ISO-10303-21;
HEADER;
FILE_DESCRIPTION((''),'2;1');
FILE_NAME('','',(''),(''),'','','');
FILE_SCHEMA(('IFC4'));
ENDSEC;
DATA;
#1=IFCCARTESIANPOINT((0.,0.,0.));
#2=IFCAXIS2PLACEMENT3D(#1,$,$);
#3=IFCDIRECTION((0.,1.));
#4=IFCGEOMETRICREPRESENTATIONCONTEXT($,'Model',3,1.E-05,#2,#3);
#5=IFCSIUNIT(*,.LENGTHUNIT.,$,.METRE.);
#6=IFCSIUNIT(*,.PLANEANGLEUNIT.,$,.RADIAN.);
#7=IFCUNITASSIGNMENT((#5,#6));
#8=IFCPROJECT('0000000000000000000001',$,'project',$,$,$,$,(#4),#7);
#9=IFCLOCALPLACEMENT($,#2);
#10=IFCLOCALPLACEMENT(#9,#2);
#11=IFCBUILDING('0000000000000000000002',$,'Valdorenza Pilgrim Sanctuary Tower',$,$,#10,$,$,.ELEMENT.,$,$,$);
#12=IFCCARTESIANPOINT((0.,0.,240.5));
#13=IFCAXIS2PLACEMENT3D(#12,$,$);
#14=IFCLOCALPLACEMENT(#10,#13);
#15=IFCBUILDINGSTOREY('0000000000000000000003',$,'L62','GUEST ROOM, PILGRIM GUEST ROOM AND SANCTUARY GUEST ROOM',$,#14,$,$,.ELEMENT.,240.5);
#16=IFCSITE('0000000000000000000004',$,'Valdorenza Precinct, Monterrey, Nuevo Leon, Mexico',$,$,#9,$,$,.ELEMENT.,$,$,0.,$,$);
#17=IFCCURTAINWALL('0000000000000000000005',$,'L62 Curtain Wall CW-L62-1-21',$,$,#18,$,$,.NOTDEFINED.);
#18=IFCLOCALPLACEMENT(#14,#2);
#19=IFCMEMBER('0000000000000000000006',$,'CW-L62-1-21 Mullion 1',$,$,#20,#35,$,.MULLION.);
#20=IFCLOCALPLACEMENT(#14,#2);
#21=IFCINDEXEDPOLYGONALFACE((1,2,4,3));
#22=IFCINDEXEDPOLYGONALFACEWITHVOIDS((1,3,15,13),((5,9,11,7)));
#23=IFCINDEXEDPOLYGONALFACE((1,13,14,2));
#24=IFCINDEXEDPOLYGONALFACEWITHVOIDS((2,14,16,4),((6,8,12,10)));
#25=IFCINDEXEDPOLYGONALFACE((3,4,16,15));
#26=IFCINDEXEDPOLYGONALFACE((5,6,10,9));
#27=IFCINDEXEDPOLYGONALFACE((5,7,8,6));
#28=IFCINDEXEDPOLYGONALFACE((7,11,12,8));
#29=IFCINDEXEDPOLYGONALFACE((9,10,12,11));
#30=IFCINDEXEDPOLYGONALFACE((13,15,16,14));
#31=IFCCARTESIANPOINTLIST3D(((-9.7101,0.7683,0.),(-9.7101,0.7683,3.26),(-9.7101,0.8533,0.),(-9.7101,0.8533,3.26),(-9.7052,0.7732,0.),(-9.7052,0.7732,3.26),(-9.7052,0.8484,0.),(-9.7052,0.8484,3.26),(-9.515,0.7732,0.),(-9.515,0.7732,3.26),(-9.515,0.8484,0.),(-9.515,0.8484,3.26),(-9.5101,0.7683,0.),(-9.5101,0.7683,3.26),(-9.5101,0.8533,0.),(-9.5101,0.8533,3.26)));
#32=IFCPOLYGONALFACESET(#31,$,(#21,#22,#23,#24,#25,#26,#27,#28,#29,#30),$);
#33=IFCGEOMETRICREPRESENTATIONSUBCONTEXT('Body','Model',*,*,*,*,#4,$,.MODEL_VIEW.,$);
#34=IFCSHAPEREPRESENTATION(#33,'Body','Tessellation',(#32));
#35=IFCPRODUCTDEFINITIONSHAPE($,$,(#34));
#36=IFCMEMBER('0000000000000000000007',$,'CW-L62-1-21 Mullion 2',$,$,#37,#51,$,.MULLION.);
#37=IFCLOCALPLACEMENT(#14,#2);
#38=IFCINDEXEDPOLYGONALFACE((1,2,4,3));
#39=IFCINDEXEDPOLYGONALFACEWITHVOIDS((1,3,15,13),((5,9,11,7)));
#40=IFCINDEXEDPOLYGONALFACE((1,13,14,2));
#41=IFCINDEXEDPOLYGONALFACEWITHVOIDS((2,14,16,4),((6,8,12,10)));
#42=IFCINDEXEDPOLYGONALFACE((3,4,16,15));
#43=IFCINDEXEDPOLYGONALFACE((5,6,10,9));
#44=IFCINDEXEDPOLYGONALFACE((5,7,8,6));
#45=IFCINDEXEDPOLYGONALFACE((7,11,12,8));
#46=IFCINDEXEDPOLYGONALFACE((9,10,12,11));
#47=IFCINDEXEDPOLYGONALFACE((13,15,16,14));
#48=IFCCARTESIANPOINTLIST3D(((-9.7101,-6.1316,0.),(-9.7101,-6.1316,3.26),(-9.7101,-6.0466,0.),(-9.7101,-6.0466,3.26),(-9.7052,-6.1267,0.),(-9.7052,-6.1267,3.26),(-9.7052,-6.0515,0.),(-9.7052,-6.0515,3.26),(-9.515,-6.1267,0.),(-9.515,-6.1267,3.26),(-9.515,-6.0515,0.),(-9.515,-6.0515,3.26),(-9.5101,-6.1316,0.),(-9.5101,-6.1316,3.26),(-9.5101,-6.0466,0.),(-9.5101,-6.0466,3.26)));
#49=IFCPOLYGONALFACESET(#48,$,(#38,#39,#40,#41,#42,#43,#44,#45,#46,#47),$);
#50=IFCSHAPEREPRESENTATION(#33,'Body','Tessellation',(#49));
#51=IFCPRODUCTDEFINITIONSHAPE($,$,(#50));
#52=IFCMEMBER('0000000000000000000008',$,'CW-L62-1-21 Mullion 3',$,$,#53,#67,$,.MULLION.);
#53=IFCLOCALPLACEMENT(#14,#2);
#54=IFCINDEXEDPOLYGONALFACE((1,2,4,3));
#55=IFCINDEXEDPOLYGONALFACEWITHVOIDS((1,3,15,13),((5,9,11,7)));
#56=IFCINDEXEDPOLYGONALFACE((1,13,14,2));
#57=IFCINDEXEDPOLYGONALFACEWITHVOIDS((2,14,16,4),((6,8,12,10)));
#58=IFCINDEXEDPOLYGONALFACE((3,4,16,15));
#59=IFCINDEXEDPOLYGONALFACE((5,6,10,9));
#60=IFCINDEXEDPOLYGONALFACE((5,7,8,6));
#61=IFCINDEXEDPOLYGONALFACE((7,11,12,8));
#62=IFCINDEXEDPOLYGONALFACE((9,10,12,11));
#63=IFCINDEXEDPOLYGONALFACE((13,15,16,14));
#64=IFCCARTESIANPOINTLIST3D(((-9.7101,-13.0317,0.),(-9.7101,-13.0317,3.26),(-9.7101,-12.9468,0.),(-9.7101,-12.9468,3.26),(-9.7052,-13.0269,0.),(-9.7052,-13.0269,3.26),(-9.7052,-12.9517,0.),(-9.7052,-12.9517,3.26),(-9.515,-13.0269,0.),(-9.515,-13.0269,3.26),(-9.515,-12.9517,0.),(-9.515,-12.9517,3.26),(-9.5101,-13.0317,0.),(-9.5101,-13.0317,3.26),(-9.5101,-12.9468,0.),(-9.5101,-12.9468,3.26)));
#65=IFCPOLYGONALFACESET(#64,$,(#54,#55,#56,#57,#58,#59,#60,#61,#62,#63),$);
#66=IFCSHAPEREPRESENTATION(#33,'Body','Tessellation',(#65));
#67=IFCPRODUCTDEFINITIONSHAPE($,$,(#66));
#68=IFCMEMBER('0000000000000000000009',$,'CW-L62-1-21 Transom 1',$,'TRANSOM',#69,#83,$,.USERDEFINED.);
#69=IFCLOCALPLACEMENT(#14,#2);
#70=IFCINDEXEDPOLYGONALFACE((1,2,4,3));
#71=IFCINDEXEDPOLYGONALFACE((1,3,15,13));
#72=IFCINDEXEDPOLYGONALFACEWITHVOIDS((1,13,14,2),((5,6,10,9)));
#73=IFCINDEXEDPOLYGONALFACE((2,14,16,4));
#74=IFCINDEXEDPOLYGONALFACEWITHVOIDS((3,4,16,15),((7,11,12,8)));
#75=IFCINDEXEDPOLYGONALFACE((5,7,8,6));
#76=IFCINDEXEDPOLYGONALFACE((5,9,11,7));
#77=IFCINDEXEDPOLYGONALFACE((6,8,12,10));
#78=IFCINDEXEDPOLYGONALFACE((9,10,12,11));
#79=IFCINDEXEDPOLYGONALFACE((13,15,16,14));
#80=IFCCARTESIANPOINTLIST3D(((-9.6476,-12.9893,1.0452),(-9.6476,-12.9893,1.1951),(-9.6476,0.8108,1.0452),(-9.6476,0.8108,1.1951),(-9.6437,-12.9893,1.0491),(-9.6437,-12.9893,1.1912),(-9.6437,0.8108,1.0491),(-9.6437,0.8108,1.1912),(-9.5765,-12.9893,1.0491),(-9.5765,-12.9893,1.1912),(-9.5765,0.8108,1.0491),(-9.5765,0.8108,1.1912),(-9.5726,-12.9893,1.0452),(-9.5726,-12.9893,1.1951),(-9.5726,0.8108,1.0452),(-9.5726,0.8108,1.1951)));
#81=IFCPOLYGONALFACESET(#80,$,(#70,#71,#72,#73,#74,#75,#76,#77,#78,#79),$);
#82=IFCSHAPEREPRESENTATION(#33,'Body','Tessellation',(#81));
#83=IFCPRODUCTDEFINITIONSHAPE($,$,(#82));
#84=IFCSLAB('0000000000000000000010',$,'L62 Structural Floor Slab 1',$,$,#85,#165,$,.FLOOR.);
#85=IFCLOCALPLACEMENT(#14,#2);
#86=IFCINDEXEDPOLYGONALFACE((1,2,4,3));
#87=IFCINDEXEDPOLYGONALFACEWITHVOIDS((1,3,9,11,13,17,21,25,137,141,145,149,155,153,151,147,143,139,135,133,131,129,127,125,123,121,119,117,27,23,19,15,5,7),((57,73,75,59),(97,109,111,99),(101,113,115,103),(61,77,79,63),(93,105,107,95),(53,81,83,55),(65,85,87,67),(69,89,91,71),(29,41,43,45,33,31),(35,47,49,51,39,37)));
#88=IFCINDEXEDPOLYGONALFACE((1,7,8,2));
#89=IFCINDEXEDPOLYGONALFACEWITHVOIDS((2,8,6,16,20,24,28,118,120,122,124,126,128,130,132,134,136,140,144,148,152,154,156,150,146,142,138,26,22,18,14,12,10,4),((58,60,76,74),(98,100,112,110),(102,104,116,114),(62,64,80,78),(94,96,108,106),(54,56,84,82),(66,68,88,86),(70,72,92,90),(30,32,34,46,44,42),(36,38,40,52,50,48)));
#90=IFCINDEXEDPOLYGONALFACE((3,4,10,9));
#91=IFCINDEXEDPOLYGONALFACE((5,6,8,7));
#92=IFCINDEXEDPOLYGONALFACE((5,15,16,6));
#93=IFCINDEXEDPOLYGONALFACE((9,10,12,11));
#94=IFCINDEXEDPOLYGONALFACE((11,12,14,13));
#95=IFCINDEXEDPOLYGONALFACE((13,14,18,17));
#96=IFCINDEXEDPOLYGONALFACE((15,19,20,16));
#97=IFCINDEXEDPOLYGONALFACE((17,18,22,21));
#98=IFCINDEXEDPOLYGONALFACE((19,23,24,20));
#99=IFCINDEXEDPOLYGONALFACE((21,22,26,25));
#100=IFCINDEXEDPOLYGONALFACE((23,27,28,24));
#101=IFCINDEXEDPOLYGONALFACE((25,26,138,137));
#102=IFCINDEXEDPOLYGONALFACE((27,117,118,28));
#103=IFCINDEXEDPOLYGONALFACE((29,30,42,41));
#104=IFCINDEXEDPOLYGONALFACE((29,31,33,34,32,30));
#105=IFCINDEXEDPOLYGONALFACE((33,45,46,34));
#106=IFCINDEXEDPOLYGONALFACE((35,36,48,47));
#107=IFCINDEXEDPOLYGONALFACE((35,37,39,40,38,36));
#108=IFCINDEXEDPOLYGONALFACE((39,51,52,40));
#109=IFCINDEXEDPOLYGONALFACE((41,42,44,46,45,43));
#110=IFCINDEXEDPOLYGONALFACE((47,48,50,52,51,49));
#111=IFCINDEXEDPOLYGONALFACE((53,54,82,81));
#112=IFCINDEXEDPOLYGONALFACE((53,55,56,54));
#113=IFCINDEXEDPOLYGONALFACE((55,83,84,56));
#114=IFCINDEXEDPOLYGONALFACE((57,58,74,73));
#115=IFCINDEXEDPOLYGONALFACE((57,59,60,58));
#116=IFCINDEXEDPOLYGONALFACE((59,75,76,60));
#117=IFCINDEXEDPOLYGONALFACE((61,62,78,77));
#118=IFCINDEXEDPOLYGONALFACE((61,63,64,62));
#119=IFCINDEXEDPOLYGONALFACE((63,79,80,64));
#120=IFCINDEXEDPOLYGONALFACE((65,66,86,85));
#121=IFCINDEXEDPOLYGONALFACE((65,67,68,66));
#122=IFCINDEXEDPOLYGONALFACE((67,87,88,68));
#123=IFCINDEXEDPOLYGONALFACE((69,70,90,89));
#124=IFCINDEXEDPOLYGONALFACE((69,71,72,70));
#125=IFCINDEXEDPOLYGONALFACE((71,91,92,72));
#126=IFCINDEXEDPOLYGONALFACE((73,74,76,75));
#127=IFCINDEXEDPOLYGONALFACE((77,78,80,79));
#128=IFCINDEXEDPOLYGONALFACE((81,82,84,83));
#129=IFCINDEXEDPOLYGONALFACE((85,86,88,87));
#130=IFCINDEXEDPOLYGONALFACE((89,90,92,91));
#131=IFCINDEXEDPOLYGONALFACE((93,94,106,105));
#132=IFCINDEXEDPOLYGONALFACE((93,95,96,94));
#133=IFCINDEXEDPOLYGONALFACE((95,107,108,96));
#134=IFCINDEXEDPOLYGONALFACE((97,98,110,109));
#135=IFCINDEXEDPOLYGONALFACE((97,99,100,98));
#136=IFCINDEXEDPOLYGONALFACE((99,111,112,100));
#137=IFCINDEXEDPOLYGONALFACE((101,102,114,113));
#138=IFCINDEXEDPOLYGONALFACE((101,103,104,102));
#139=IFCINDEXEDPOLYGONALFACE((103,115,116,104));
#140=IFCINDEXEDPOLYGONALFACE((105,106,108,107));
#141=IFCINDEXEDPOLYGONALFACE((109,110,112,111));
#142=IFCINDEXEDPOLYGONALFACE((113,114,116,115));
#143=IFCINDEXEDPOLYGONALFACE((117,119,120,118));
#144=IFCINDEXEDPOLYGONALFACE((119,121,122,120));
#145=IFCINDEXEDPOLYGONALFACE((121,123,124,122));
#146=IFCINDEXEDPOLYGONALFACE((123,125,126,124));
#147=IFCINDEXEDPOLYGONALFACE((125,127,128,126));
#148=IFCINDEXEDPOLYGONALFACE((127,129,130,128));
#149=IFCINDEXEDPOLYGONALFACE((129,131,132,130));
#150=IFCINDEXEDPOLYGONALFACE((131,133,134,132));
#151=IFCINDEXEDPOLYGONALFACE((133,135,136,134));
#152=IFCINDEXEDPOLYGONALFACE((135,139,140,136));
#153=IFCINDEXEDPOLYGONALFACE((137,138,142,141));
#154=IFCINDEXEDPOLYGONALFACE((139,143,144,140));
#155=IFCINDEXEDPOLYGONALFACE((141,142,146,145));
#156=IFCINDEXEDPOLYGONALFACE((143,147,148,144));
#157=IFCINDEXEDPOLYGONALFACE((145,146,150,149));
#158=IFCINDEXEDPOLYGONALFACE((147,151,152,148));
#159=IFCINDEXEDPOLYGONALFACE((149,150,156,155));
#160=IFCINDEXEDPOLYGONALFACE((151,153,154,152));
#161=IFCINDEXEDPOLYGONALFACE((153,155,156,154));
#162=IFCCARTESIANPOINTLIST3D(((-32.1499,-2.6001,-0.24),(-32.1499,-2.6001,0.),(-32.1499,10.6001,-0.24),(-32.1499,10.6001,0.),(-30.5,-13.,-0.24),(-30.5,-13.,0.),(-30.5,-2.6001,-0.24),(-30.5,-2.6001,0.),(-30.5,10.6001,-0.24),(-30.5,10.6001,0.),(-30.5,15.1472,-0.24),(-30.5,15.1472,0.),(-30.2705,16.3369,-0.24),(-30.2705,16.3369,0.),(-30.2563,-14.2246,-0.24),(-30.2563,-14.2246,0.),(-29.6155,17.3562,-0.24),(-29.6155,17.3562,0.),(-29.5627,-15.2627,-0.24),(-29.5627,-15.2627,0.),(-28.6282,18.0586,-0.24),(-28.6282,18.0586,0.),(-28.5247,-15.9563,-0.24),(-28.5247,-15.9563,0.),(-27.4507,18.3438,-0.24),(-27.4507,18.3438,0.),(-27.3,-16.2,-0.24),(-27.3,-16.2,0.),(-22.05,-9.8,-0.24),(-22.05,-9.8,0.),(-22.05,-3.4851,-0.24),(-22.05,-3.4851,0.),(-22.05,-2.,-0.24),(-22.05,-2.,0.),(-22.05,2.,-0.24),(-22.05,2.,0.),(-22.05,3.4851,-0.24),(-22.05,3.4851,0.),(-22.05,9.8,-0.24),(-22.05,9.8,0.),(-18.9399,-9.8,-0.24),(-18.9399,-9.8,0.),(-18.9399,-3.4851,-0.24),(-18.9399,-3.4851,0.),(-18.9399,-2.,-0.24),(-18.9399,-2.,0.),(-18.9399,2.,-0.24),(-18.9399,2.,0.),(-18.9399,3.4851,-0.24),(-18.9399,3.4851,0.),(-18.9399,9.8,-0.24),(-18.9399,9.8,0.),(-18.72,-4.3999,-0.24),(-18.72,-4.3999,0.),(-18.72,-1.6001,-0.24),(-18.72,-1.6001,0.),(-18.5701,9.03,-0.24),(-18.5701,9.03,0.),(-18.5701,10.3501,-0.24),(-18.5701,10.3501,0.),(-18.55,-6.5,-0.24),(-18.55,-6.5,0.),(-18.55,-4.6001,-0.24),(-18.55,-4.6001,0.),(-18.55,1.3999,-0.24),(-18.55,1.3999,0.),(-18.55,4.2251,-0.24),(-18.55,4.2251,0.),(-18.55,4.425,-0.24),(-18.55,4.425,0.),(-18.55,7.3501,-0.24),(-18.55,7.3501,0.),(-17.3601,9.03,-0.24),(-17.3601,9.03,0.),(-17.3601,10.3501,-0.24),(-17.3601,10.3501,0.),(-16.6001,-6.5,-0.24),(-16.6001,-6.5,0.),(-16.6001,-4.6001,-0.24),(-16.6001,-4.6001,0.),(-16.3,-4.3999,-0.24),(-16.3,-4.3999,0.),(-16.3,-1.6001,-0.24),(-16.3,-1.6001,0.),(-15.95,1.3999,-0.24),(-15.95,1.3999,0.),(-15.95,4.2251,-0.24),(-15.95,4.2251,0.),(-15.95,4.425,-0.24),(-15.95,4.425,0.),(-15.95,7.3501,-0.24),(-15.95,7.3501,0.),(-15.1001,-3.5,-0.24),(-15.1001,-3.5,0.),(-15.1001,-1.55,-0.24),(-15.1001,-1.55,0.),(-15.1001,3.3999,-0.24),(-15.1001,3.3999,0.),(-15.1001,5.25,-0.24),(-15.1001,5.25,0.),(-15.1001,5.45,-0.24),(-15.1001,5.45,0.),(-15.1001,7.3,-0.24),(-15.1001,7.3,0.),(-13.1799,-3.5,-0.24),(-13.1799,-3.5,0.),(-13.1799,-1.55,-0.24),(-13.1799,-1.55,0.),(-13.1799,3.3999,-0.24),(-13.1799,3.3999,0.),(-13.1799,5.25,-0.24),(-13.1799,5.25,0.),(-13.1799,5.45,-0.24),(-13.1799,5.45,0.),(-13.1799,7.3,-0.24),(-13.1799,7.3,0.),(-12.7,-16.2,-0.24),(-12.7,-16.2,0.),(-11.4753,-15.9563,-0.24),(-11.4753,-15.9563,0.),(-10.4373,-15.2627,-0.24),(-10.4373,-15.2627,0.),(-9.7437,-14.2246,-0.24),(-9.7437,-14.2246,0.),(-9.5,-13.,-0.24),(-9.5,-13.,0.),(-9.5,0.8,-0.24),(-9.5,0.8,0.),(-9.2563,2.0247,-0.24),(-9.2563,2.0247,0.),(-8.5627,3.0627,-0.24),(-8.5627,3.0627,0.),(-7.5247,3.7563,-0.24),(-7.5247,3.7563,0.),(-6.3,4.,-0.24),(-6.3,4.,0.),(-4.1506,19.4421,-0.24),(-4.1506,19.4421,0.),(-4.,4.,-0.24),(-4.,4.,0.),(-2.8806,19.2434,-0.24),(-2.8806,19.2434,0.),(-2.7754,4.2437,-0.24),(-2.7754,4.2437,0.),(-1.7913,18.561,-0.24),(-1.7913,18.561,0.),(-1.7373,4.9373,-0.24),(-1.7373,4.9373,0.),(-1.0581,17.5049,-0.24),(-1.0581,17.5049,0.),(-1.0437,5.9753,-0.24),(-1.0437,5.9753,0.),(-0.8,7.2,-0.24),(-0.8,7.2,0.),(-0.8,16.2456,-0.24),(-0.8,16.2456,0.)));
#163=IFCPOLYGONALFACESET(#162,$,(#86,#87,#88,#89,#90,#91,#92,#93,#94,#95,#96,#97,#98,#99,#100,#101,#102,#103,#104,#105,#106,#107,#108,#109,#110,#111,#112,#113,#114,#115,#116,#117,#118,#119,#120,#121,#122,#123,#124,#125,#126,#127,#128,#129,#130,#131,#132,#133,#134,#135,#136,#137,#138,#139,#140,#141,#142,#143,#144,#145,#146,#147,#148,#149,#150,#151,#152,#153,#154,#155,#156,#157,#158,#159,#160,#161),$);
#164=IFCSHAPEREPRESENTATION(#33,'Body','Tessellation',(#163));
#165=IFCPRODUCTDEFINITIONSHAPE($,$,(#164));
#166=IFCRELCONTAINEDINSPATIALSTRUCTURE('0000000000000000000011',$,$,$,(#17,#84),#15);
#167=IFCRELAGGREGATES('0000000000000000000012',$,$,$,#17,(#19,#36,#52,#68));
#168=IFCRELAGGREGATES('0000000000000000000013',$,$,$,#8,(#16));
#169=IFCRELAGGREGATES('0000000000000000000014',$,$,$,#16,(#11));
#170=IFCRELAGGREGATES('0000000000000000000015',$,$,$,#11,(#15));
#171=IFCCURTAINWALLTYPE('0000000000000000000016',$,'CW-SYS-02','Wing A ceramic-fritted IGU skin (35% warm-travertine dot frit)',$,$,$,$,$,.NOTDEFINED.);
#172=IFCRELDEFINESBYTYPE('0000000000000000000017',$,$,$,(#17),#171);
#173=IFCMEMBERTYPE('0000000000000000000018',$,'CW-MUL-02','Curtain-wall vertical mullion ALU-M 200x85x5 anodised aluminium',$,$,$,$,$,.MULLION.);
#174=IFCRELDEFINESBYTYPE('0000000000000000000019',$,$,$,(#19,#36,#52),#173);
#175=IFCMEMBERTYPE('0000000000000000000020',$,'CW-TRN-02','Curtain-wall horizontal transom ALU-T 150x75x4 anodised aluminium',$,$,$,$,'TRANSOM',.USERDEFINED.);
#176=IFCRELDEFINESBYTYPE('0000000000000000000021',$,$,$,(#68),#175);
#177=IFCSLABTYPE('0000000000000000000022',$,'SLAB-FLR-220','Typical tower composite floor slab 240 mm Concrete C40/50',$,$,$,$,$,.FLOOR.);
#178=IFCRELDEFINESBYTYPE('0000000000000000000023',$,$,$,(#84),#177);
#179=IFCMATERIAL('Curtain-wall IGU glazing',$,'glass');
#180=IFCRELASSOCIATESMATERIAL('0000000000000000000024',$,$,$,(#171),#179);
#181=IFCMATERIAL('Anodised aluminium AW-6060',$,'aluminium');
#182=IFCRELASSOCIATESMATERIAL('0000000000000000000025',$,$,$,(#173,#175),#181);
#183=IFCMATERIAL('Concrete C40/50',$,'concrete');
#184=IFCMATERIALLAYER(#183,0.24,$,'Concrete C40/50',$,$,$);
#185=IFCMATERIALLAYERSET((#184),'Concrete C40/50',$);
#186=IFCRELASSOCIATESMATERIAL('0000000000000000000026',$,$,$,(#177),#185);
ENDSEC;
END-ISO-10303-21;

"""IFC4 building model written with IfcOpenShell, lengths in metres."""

from ifc_helpers import new_model, si_unit, direction, frame, origin, origin_2d, place, context, subcontext, project, spatial, polyline, hollow_rectangle, outline, extrude, source, transform, mapped, material, layer, layer_set, material_profile, profile_set, type_object, element, aggregate, save


model = new_model("IFC4")

# Units and contexts
model_context = context("Model", 3, precision=1e-05, world=origin(), true_north=direction((0.0, 1.0)))
body_context = subcontext(model_context, "Body", "Model", "MODEL_VIEW")
ifc_project = project(units=[si_unit("LENGTHUNIT", "METRE"), si_unit("PLANEANGLEUNIT", "RADIAN")], contexts=[model_context])

# Site, building, storey
site_placement = place(None, origin())
site = spatial("IfcSite", under=ifc_project, at=site_placement, Name="Valdorenza Precinct, Monterrey, Nuevo Leon, Mexico", CompositionType="ELEMENT", RefElevation=0.0)
building_placement = place(site_placement, origin())
building = spatial("IfcBuilding", under=site, at=building_placement, Name="Valdorenza Pilgrim Sanctuary Tower", CompositionType="ELEMENT")
storey_placement = place(building_placement, frame((0.0, 0.0, 240.5)))
storey = spatial("IfcBuildingStorey", under=building, at=storey_placement, Name="L62", Description="GUEST ROOM, PILGRIM GUEST ROOM AND SANCTUARY GUEST ROOM", CompositionType="ELEMENT", Elevation=240.5)

# Curtain wall, members
ifc_material_1 = material(Name="Curtain-wall IGU glazing", Category="glass")
curtain_wall_type = type_object("IfcCurtainWallType", Name="CW-SYS-02", Description="Wing A ceramic-fritted IGU skin (35% warm-travertine dot frit)", PredefinedType="NOTDEFINED", material=ifc_material_1)
curtain_wall_placement = place(storey_placement, origin())
curtain_wall = element("IfcCurtainWall", 1, at=curtain_wall_placement, inside=storey, type_object=curtain_wall_type, Name="L62 Curtain Wall CW-L62-1-21", PredefinedType="NOTDEFINED")
ifc_material_2 = material(Name="Anodised aluminium AW-6060", Category="aluminium")
ifc_material_profile_1 = material_profile(ifc_material_2, hollow_rectangle(XDim=0.085, YDim=0.2, WallThickness=0.0049, at=origin_2d()), Name="ALU-M 200x85x5")
ifc_profile_set_1 = profile_set([ifc_material_profile_1], Name="Anodised aluminium AW-6060")
member_type_1 = type_object("IfcMemberType", Name="CW-MUL-02", Description="Curtain-wall vertical mullion ALU-M 200x85x5 anodised aluminium", PredefinedType="MULLION", material=ifc_profile_set_1)
shared_shape_1 = source(origin(), body_context, "Body", "SweptSolid", [
    extrude(hollow_rectangle(XDim=0.085, YDim=0.2, WallThickness=0.0049, at=origin_2d()), origin(), (0.0, 0.0, 1.0), 3.26),
])
member_1_placement = place(storey_placement, frame((-9.6101, 0.8108, 0.0), z_axis=(0.0, 0.0, 1.0), x_axis=(0.0, -1.0, 0.0)))
member_1 = element("IfcMember", 2, at=member_1_placement, type_object=member_type_1, Name="CW-L62-1-21 Mullion 1", PredefinedType="MULLION", context=body_context, shape_type="MappedRepresentation", body=[
    mapped(shared_shape_1, transform((0.0, 0.0, 0.0), x_axis=(1.0, 0.0, 0.0), y_axis=(0.0, 1.0, 0.0), z_axis=(0.0, 0.0, 1.0), scale=1.0)),
])
member_2_placement = place(storey_placement, frame((-9.6101, -6.0891, 0.0), z_axis=(0.0, 0.0, 1.0), x_axis=(0.0, -1.0, 0.0)))
member_2 = element("IfcMember", 3, at=member_2_placement, type_object=member_type_1, Name="CW-L62-1-21 Mullion 2", PredefinedType="MULLION", context=body_context, shape_type="MappedRepresentation", body=[
    mapped(shared_shape_1, transform((0.0, 0.0, 0.0), x_axis=(1.0, 0.0, 0.0), y_axis=(0.0, 1.0, 0.0), z_axis=(0.0, 0.0, 1.0), scale=1.0)),
])
member_3_placement = place(storey_placement, frame((-9.6101, -12.9893, 0.0), z_axis=(0.0, 0.0, 1.0), x_axis=(0.0, -1.0, 0.0)))
member_3 = element("IfcMember", 4, at=member_3_placement, type_object=member_type_1, Name="CW-L62-1-21 Mullion 3", PredefinedType="MULLION", context=body_context, shape_type="MappedRepresentation", body=[
    mapped(shared_shape_1, transform((0.0, 0.0, 0.0), x_axis=(1.0, 0.0, 0.0), y_axis=(0.0, 1.0, 0.0), z_axis=(0.0, 0.0, 1.0), scale=1.0)),
])
ifc_material_profile_2 = material_profile(ifc_material_2, hollow_rectangle(XDim=0.075, YDim=0.1499, WallThickness=0.0039, at=origin_2d()), Name="ALU-T 150x75x4")
ifc_profile_set_2 = profile_set([ifc_material_profile_2], Name="Anodised aluminium AW-6060")
member_type_2 = type_object("IfcMemberType", Name="CW-TRN-02", Description="Curtain-wall horizontal transom ALU-T 150x75x4 anodised aluminium", ElementType="TRANSOM", PredefinedType="USERDEFINED", material=ifc_profile_set_2)
shared_shape_2 = source(origin(), body_context, "Body", "SweptSolid", [
    extrude(hollow_rectangle(XDim=0.075, YDim=0.1499, WallThickness=0.0039, at=origin_2d()), origin(), (0.0, 0.0, 1.0), 13.8),
])
member_4_placement = place(storey_placement, frame((-9.6101, 0.8108, 1.1201), z_axis=(0.0, -1.0, 0.0), x_axis=(1.0, 0.0, 0.0)))
member_4 = element("IfcMember", 5, at=member_4_placement, type_object=member_type_2, Name="CW-L62-1-21 Transom 1", ObjectType="TRANSOM", PredefinedType="USERDEFINED", context=body_context, shape_type="MappedRepresentation", body=[
    mapped(shared_shape_2, transform((0.0, 0.0, 0.0), x_axis=(1.0, 0.0, 0.0), y_axis=(0.0, 1.0, 0.0), z_axis=(0.0, 0.0, 1.0), scale=1.0)),
])

# Slab
ifc_material_3 = material(Name="Concrete C40/50", Category="concrete")
ifc_layer_1 = layer(ifc_material_3, 0.24, Name="Concrete C40/50")
ifc_layer_set_1 = layer_set([ifc_layer_1], Name="Concrete C40/50")
slab_type_1 = type_object("IfcSlabType", Name="SLAB-FLR-220", Description="Typical tower composite floor slab 240 mm Concrete C40/50", PredefinedType="FLOOR", material=ifc_layer_set_1)
slab_1_placement = place(storey_placement, frame((0.0, 0.0, -0.24)))
element("IfcSlab", 6, at=slab_1_placement, inside=storey, type_object=slab_type_1, Name="L62 Structural Floor Slab 1", PredefinedType="FLOOR", context=body_context, shape_type="SweptSolid", body=[
    extrude(outline(polyline([(-30.2705, 16.3369), (-29.6155, 17.3562), (-28.6282, 18.0586), (-27.4507, 18.3438), (-4.1506, 19.4421), (-2.8806, 19.2434), (-1.7913, 18.561), (-1.0581, 17.5049), (-0.8, 16.2456), (-0.8, 7.2), (-1.0437, 5.9753), (-1.7373, 4.9373), (-2.7754, 4.2437), (-4.0, 4.0), (-6.3, 4.0), (-7.5247, 3.7563), (-8.5627, 3.0627), (-9.2563, 2.0247), (-9.5, 0.8), (-9.5, -13.0), (-9.7437, -14.2246), (-10.4373, -15.2627), (-11.4753, -15.9563), (-12.7, -16.2), (-27.3, -16.2), (-28.5247, -15.9563), (-29.5627, -15.2627), (-30.2563, -14.2246), (-30.5, -13.0), (-30.5, -2.6001), (-32.1499, -2.6001), (-32.1499, 10.6001), (-30.5, 10.6001), (-30.5, 15.1472), (-30.2705, 16.3369)]), holes=[polyline([(-22.05, -9.8), (-18.9399, -9.8), (-18.9399, -3.4851), (-18.9399, -2.0), (-22.05, -2.0), (-22.05, -3.4851), (-22.05, -9.8)]), polyline([(-16.6001, -6.5), (-16.6001, -4.6001), (-18.55, -4.6001), (-18.55, -6.5), (-16.6001, -6.5)]), polyline([(-22.05, 2.0), (-18.9399, 2.0), (-18.9399, 3.4851), (-18.9399, 9.8), (-22.05, 9.8), (-22.05, 3.4851), (-22.05, 2.0)]), polyline([(-17.3601, 9.03), (-17.3601, 10.3501), (-18.5701, 10.3501), (-18.5701, 9.03), (-17.3601, 9.03)]), polyline([(-16.3, -1.6001), (-18.72, -1.6001), (-18.72, -4.3999), (-16.3, -4.3999), (-16.3, -1.6001)]), polyline([(-13.1799, -3.5), (-13.1799, -1.55), (-15.1001, -1.55), (-15.1001, -3.5), (-13.1799, -3.5)]), polyline([(-15.95, 1.3999), (-15.95, 4.2251), (-18.55, 4.2251), (-18.55, 1.3999), (-15.95, 1.3999)]), polyline([(-13.1799, 5.25), (-15.1001, 5.25), (-15.1001, 3.3999), (-13.1799, 3.3999), (-13.1799, 5.25)]), polyline([(-15.95, 4.425), (-15.95, 7.3501), (-18.55, 7.3501), (-18.55, 4.425), (-15.95, 4.425)]), polyline([(-13.1799, 5.45), (-13.1799, 7.3), (-15.1001, 7.3), (-15.1001, 5.45), (-13.1799, 5.45)])]), origin(), (0.0, 0.0, 1.0), 0.24),
])

aggregate(curtain_wall, [member_1, member_2, member_3, member_4])

save(model, "model.ifc")
